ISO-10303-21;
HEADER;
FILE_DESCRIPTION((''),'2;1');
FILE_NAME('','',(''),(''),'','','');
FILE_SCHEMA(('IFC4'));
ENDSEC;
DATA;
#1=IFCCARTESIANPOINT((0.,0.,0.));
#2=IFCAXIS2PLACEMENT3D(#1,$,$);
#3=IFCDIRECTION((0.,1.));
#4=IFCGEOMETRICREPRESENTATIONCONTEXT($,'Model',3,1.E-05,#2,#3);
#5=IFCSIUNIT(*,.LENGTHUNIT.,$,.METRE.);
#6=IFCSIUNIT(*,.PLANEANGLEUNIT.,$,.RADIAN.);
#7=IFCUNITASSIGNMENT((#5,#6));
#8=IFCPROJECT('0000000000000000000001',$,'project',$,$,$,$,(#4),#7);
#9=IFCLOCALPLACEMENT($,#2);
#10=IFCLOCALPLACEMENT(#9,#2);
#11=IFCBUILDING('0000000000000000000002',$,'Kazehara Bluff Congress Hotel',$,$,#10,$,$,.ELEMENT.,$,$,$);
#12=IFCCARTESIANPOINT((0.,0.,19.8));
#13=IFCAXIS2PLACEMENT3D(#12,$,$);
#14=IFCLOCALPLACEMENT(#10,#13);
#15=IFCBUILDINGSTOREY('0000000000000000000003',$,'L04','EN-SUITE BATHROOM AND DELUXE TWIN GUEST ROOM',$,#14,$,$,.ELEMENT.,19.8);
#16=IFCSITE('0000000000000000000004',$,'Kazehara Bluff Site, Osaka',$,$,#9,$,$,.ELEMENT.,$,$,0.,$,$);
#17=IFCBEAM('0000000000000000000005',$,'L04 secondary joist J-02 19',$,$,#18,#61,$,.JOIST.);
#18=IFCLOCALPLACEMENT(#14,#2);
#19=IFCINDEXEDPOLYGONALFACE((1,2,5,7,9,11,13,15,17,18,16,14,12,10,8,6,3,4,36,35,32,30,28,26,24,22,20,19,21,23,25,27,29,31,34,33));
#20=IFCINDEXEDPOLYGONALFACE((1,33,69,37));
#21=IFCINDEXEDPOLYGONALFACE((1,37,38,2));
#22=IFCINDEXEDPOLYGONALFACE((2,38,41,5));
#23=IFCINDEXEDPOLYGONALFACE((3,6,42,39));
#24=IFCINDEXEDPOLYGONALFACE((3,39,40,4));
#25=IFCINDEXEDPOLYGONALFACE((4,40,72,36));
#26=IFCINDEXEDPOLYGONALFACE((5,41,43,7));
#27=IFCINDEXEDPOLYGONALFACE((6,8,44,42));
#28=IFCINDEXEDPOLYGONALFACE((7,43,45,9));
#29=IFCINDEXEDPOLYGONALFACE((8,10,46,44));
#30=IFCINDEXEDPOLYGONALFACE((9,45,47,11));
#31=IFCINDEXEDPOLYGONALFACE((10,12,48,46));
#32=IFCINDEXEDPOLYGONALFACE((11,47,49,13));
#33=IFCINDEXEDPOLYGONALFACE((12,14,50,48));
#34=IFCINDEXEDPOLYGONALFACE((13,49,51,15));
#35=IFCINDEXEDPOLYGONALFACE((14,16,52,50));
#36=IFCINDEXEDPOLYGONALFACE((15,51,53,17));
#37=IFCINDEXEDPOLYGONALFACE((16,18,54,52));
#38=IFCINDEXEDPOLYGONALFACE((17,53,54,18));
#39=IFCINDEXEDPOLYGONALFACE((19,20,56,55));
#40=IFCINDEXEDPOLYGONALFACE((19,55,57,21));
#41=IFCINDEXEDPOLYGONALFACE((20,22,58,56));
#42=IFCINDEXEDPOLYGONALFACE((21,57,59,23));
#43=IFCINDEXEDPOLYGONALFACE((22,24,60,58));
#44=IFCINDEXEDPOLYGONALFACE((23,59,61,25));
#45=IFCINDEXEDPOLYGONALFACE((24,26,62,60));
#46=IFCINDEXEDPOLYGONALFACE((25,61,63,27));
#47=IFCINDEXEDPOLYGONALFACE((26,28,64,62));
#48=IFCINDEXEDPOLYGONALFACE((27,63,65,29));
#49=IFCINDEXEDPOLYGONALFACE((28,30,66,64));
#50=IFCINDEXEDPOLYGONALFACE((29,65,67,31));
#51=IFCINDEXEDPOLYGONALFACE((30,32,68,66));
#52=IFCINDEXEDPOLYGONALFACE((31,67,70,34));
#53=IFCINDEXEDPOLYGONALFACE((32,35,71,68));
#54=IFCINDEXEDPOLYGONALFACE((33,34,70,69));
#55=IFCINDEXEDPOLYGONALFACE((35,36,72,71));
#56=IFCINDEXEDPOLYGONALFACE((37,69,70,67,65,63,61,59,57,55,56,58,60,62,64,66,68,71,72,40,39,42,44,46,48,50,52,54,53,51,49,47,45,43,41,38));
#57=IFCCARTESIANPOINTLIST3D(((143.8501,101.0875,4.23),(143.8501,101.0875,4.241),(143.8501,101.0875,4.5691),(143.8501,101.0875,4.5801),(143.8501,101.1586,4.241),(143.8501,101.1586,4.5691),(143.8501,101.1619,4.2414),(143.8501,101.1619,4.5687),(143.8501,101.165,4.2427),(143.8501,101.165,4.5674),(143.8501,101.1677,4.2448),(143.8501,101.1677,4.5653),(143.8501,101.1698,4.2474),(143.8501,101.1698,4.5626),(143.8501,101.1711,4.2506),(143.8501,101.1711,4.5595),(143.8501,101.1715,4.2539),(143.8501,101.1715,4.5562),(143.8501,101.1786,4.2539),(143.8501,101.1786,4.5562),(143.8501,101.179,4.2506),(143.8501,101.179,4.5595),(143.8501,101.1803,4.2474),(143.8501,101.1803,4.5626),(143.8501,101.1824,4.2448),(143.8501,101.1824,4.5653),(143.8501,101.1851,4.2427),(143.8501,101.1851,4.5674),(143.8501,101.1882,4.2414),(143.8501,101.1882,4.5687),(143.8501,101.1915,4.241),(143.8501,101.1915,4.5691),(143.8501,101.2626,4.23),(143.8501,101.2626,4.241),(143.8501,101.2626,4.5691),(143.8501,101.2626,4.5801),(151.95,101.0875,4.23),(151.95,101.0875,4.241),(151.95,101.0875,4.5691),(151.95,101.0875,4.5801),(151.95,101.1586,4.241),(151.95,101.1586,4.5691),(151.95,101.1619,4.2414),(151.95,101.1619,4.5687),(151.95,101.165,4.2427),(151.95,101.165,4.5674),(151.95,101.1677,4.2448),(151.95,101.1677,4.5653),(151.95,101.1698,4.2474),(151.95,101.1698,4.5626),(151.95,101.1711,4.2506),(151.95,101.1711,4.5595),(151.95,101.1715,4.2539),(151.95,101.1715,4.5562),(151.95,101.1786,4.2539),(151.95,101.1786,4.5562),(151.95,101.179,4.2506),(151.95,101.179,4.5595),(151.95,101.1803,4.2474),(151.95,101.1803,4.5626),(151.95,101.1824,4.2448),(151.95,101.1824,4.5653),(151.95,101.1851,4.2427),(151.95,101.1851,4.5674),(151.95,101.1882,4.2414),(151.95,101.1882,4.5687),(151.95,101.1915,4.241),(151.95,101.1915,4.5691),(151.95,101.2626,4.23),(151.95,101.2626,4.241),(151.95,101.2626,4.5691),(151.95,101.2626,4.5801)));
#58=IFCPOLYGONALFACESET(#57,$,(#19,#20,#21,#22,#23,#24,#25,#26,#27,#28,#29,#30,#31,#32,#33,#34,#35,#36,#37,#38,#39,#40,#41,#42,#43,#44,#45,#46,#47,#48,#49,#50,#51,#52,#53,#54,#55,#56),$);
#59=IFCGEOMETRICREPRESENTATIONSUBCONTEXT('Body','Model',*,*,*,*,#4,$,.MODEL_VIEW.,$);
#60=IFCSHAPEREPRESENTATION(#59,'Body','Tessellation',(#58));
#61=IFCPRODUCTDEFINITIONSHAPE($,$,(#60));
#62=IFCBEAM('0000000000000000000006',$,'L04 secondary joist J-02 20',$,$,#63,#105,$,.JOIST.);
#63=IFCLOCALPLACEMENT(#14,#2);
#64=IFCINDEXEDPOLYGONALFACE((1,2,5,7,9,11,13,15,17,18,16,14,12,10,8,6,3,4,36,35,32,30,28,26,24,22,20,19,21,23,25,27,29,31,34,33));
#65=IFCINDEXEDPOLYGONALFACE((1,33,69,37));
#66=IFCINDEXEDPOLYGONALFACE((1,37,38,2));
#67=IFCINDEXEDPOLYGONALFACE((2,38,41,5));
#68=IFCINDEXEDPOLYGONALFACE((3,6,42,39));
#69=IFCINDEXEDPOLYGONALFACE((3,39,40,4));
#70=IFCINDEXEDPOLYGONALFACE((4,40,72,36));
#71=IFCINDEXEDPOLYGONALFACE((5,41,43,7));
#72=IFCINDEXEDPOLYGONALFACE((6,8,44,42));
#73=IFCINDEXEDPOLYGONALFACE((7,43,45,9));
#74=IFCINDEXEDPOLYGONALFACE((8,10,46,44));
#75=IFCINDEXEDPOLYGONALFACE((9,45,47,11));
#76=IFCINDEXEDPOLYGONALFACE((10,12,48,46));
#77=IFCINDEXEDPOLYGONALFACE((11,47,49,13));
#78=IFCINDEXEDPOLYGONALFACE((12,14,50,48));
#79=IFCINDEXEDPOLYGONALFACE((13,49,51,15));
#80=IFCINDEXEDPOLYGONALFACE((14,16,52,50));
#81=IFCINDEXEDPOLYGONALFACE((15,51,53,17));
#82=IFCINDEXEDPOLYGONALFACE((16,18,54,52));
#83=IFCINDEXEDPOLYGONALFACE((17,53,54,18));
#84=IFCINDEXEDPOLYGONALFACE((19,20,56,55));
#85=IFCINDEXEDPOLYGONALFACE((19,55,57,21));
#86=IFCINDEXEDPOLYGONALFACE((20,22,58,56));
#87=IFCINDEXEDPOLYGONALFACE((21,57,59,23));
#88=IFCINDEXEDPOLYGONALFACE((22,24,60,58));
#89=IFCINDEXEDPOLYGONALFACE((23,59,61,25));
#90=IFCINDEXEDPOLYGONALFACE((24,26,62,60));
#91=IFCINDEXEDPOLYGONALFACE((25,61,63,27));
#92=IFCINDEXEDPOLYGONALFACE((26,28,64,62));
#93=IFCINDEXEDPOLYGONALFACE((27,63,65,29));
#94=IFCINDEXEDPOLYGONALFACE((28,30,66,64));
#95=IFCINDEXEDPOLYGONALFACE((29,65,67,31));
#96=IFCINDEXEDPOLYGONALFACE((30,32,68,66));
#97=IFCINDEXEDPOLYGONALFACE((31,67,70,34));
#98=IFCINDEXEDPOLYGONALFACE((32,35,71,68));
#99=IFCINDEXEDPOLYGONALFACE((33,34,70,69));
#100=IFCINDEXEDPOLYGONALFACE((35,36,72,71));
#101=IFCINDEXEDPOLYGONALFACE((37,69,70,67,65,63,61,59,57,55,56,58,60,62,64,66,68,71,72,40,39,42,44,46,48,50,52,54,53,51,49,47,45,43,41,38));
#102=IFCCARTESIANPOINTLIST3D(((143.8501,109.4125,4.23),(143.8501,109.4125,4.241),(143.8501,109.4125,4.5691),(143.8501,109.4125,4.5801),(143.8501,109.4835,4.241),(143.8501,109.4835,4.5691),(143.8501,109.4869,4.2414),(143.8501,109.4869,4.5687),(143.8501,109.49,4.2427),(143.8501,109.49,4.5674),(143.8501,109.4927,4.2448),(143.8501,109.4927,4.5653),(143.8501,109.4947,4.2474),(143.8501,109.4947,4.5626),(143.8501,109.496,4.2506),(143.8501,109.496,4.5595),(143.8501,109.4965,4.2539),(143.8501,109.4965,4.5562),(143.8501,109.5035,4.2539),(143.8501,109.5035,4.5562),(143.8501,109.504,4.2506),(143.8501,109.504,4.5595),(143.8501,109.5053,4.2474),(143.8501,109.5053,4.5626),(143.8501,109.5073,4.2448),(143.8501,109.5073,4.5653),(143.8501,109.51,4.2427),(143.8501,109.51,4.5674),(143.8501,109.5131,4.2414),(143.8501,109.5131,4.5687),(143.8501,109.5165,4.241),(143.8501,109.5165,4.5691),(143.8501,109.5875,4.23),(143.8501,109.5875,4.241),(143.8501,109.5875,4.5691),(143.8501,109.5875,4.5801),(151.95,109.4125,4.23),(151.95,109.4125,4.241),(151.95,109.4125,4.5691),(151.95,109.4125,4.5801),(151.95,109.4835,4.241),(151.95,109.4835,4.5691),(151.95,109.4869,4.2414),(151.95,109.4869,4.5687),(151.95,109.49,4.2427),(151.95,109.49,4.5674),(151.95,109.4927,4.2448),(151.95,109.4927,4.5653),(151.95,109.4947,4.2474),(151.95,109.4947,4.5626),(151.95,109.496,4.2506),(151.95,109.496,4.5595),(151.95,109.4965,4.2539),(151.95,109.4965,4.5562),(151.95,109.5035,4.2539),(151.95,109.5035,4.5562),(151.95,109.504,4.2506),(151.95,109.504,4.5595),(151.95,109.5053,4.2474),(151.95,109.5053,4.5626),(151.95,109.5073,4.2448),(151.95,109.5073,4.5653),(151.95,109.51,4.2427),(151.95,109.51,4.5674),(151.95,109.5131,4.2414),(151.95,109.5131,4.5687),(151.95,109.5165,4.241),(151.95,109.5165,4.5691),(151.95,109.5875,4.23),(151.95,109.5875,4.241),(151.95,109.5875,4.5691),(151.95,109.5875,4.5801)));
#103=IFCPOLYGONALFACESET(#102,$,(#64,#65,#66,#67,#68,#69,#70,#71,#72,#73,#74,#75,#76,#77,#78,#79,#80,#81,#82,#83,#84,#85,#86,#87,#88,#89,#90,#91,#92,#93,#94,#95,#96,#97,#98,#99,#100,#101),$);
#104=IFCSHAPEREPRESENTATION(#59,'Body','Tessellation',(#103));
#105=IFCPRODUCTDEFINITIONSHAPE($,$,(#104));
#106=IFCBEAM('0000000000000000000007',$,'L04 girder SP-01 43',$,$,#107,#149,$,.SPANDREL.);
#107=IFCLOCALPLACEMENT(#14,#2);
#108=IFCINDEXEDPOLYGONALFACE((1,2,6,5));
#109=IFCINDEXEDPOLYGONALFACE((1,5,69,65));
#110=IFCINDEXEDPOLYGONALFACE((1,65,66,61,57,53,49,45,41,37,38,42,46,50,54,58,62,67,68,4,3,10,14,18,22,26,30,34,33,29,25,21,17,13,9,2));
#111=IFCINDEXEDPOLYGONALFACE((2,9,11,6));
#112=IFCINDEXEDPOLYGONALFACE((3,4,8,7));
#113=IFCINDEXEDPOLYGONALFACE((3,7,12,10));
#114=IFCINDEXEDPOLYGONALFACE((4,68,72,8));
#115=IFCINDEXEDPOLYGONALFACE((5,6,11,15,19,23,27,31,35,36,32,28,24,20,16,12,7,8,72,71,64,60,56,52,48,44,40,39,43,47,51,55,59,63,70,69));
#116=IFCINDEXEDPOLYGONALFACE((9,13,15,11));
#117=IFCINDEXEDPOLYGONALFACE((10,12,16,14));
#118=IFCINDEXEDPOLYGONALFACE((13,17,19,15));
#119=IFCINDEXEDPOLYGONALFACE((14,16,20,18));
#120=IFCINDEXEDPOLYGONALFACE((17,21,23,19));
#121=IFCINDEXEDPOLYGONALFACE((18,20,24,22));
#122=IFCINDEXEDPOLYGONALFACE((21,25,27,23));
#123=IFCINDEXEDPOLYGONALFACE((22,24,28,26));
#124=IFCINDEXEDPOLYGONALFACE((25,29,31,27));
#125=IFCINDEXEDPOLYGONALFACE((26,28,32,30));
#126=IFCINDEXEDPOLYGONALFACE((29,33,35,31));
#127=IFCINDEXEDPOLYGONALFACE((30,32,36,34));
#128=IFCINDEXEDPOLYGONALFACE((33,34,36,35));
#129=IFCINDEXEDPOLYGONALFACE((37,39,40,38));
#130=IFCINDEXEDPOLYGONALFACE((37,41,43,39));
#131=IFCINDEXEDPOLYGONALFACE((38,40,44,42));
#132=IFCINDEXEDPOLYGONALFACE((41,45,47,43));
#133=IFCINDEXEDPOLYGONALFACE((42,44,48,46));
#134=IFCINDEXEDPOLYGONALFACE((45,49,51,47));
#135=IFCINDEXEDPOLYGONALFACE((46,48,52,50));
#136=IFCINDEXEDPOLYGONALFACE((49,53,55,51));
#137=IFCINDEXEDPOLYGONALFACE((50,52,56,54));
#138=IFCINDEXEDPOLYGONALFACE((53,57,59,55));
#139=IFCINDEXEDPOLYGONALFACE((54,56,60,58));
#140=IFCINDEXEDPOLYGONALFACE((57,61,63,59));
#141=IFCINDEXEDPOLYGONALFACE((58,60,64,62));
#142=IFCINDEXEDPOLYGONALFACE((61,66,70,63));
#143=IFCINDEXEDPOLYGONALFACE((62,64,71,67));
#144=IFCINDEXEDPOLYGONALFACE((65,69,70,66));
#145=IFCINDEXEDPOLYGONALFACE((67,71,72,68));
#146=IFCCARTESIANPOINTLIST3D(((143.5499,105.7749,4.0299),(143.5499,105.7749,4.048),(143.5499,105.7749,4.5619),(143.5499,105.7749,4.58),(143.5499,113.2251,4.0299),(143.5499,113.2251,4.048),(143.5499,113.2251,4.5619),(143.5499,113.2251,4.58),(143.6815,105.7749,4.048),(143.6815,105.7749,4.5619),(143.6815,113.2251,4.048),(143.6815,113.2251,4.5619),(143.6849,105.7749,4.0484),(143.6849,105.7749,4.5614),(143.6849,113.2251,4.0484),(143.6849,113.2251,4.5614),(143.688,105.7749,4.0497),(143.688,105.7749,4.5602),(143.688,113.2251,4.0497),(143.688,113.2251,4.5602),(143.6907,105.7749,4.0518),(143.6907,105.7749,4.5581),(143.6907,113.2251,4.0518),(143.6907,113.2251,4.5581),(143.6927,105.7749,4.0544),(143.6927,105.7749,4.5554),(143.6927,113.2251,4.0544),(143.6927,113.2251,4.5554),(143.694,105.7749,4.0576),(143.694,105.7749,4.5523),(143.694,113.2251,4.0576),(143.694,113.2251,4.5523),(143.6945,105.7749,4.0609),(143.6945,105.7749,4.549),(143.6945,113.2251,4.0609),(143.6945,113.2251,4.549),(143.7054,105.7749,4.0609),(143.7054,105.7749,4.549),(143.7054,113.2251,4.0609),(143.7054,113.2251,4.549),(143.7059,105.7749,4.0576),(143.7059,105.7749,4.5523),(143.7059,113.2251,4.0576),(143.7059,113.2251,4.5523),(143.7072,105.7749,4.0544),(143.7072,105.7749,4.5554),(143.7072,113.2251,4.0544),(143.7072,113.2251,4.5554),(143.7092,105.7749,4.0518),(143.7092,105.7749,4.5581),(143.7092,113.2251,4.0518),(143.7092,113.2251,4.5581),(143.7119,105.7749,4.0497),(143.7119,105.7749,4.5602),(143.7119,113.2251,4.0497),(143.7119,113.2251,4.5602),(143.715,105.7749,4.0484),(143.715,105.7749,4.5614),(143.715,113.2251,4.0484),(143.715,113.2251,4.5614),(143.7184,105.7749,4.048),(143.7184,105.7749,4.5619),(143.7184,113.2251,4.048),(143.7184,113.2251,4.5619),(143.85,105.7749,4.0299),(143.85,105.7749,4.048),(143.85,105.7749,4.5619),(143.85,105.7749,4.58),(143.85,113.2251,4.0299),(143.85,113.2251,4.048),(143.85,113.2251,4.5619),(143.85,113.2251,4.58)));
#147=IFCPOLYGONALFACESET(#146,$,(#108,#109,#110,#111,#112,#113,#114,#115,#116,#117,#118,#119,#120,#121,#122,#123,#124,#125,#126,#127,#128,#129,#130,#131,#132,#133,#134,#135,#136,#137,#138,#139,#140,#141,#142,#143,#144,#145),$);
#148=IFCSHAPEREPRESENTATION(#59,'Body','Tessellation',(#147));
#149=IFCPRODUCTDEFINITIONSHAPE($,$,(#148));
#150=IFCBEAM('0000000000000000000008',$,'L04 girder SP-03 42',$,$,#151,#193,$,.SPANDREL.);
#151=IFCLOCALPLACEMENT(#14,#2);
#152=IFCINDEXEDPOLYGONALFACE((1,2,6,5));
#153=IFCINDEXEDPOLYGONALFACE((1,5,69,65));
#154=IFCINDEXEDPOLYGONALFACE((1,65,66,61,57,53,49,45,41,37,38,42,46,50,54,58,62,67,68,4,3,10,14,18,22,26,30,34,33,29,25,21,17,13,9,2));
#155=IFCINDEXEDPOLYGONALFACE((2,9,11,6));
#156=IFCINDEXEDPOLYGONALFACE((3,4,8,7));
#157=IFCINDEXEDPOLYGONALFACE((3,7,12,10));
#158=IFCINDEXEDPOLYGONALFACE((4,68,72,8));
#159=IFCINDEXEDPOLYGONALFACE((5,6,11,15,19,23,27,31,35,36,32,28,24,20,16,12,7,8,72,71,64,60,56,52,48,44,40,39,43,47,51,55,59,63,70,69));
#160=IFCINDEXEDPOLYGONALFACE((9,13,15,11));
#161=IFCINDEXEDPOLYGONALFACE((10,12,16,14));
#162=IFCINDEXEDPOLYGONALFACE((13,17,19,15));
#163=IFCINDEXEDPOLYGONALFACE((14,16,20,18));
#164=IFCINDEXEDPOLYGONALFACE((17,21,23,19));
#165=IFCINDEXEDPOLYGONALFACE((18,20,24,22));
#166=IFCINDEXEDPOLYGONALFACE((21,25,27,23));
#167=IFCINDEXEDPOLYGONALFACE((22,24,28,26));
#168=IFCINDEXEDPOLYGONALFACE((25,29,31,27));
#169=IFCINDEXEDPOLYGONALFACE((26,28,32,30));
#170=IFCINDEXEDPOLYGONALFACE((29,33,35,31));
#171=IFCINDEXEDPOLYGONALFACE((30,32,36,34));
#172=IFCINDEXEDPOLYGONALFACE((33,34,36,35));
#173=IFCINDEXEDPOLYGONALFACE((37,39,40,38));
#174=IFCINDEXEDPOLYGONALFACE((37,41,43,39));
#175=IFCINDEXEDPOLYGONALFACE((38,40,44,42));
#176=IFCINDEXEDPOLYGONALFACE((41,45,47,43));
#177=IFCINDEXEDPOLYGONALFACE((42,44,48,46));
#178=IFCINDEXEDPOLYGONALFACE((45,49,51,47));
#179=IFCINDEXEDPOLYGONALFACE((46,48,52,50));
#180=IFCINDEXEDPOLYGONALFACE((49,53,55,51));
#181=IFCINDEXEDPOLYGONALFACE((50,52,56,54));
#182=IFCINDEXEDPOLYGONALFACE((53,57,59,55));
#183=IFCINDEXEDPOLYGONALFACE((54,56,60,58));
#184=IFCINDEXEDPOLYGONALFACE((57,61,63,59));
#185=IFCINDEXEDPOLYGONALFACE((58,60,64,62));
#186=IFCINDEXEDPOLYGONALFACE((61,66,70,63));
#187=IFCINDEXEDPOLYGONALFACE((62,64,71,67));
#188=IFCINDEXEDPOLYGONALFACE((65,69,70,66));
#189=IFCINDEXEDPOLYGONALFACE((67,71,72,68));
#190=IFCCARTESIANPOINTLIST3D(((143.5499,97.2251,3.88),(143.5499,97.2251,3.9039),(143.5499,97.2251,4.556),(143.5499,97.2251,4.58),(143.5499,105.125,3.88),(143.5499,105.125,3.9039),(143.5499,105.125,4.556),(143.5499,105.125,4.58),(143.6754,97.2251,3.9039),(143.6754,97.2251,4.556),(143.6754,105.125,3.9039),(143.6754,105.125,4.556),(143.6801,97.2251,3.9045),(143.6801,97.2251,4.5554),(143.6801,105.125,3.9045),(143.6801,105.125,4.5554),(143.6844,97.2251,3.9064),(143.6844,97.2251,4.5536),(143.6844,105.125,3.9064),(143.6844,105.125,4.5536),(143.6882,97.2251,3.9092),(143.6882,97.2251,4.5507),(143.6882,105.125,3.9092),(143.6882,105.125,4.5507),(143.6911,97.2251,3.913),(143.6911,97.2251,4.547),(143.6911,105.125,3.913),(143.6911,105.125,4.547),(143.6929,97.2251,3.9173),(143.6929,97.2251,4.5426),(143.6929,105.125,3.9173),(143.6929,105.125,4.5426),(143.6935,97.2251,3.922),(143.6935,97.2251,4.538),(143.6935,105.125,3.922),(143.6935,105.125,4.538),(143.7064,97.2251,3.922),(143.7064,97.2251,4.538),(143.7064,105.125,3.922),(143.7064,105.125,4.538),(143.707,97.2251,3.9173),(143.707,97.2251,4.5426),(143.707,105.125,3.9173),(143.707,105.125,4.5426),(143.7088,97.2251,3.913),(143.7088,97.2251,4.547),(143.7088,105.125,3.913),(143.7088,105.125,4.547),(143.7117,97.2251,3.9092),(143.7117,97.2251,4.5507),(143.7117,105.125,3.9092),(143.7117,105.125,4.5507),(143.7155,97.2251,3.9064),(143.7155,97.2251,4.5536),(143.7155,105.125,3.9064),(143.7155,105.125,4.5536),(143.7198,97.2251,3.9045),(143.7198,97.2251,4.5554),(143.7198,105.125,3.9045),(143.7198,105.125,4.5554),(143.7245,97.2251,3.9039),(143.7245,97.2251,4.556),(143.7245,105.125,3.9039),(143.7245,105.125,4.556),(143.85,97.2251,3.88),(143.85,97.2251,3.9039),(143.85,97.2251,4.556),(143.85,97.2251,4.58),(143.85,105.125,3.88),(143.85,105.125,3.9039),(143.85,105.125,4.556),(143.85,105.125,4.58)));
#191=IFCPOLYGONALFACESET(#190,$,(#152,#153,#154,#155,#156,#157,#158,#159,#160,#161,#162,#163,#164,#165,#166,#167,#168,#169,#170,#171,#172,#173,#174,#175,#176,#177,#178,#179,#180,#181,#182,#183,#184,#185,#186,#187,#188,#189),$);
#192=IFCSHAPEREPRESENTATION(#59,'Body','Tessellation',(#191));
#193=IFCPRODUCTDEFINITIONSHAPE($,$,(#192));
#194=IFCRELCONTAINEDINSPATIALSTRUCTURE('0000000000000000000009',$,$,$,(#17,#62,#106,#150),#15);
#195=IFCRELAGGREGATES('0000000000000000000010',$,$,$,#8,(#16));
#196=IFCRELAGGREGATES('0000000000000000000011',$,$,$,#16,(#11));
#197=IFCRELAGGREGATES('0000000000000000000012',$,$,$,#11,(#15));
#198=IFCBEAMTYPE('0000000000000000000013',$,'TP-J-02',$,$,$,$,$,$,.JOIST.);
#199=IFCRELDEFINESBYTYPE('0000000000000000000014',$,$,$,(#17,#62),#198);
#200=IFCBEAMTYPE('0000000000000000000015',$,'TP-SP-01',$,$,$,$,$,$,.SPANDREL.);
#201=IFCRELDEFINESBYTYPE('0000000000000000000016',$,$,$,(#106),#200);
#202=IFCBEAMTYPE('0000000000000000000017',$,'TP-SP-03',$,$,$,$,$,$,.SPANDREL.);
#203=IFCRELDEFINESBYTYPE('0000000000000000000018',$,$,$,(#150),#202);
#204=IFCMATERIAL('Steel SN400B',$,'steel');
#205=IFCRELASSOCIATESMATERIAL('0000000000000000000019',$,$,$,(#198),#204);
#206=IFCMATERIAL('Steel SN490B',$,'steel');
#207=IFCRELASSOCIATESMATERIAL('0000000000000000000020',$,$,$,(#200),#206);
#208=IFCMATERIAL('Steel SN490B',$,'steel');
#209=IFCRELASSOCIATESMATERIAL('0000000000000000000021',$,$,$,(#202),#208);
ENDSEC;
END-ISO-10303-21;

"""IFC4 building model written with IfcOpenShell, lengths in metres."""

from ifc_helpers import new_model, si_unit, direction, frame, origin, origin_2d, place, context, subcontext, project, spatial, i_section, extrude, material, material_profile, profile_set, type_object, element, save


model = new_model("IFC4")

# Units and contexts
model_context = context("Model", 3, precision=1e-05, world=origin(), true_north=direction((0.0, 1.0)))
body_context = subcontext(model_context, "Body", "Model", "MODEL_VIEW")
ifc_project = project(units=[si_unit("LENGTHUNIT", "METRE"), si_unit("PLANEANGLEUNIT", "RADIAN")], contexts=[model_context])

# Site, building, storey
site_placement = place(None, origin())
site = spatial("IfcSite", under=ifc_project, at=site_placement, Name="Kazehara Bluff Site, Osaka", CompositionType="ELEMENT", RefElevation=0.0)
building_placement = place(site_placement, origin())
building = spatial("IfcBuilding", under=site, at=building_placement, Name="Kazehara Bluff Congress Hotel", CompositionType="ELEMENT")
storey_placement = place(building_placement, frame((0.0, 0.0, 19.8)))
storey = spatial("IfcBuildingStorey", under=building, at=storey_placement, Name="L04", Description="EN-SUITE BATHROOM AND DELUXE TWIN GUEST ROOM", CompositionType="ELEMENT", Elevation=19.8)

# Beams
ifc_material_1 = material(Name="Steel SN400B", Category="steel")
ifc_material_profile_1 = material_profile(ifc_material_1, i_section(OverallWidth=0.175, OverallDepth=0.3501, WebThickness=0.0071, FlangeThickness=0.011, FilletRadius=0.0129, at=origin_2d()))
ifc_profile_set_1 = profile_set([ifc_material_profile_1], Name="Steel SN400B")
beam_type_1 = type_object("IfcBeamType", Name="TP-J-02", PredefinedType="JOIST", material=ifc_profile_set_1)
for number, where, z_axis, x_axis, name in (
    (1, (143.8501, 101.175, 4.405), (1.0, 0.0, 0.0), (0.0, 1.0, 0.0), "L04 secondary joist J-02 19"),
    (2, (143.8501, 109.5, 4.405), (1.0, 0.0, 0.0), (0.0, 1.0, 0.0), "L04 secondary joist J-02 20"),
):
    element("IfcBeam", number, at=place(storey_placement, frame(where, z_axis=z_axis, x_axis=x_axis)), inside=storey, type_object=beam_type_1, Name=name, PredefinedType="JOIST", context=body_context, shape_type="SweptSolid", body=[
        extrude(i_section(OverallWidth=0.175, OverallDepth=0.3501, WebThickness=0.0071, FlangeThickness=0.011, FilletRadius=0.0129, at=origin_2d()), origin(), (0.0, 0.0, 1.0), 8.0999),
    ])
ifc_material_2 = material(Name="Steel SN490B", Category="steel")
ifc_material_profile_2 = material_profile(ifc_material_2, i_section(OverallWidth=0.3, OverallDepth=0.55, WebThickness=0.011, FlangeThickness=0.0181, FilletRadius=0.0129, at=origin_2d()))
ifc_profile_set_2 = profile_set([ifc_material_profile_2], Name="Steel SN490B")
beam_type_2 = type_object("IfcBeamType", Name="TP-SP-01", PredefinedType="SPANDREL", material=ifc_profile_set_2)
beam_1_placement = place(storey_placement, frame((143.7, 105.7749, 4.3049), z_axis=(0.0, 1.0, 0.0), x_axis=(-1.0, 0.0, 0.0)))
element("IfcBeam", 3, at=beam_1_placement, inside=storey, type_object=beam_type_2, Name="L04 girder SP-01 43", PredefinedType="SPANDREL", context=body_context, shape_type="SweptSolid", body=[
    extrude(i_section(OverallWidth=0.3, OverallDepth=0.55, WebThickness=0.011, FlangeThickness=0.0181, FilletRadius=0.0129, at=origin_2d()), origin(), (0.0, 0.0, 1.0), 7.4502),
])
ifc_material_3 = material(Name="Steel SN490B", Category="steel")
ifc_material_profile_3 = material_profile(ifc_material_3, i_section(OverallWidth=0.3, OverallDepth=0.7, WebThickness=0.0129, FlangeThickness=0.0239, FilletRadius=0.0181, at=origin_2d()))
ifc_profile_set_3 = profile_set([ifc_material_profile_3], Name="Steel SN490B")
beam_type_3 = type_object("IfcBeamType", Name="TP-SP-03", PredefinedType="SPANDREL", material=ifc_profile_set_3)
beam_2_placement = place(storey_placement, frame((143.7, 97.2251, 4.23), z_axis=(0.0, 1.0, 0.0), x_axis=(-1.0, 0.0, 0.0)))
element("IfcBeam", 4, at=beam_2_placement, inside=storey, type_object=beam_type_3, Name="L04 girder SP-03 42", PredefinedType="SPANDREL", context=body_context, shape_type="SweptSolid", body=[
    extrude(i_section(OverallWidth=0.3, OverallDepth=0.7, WebThickness=0.0129, FlangeThickness=0.0239, FilletRadius=0.0181, at=origin_2d()), origin(), (0.0, 0.0, 1.0), 7.8999),
])

save(model, "model.ifc")
